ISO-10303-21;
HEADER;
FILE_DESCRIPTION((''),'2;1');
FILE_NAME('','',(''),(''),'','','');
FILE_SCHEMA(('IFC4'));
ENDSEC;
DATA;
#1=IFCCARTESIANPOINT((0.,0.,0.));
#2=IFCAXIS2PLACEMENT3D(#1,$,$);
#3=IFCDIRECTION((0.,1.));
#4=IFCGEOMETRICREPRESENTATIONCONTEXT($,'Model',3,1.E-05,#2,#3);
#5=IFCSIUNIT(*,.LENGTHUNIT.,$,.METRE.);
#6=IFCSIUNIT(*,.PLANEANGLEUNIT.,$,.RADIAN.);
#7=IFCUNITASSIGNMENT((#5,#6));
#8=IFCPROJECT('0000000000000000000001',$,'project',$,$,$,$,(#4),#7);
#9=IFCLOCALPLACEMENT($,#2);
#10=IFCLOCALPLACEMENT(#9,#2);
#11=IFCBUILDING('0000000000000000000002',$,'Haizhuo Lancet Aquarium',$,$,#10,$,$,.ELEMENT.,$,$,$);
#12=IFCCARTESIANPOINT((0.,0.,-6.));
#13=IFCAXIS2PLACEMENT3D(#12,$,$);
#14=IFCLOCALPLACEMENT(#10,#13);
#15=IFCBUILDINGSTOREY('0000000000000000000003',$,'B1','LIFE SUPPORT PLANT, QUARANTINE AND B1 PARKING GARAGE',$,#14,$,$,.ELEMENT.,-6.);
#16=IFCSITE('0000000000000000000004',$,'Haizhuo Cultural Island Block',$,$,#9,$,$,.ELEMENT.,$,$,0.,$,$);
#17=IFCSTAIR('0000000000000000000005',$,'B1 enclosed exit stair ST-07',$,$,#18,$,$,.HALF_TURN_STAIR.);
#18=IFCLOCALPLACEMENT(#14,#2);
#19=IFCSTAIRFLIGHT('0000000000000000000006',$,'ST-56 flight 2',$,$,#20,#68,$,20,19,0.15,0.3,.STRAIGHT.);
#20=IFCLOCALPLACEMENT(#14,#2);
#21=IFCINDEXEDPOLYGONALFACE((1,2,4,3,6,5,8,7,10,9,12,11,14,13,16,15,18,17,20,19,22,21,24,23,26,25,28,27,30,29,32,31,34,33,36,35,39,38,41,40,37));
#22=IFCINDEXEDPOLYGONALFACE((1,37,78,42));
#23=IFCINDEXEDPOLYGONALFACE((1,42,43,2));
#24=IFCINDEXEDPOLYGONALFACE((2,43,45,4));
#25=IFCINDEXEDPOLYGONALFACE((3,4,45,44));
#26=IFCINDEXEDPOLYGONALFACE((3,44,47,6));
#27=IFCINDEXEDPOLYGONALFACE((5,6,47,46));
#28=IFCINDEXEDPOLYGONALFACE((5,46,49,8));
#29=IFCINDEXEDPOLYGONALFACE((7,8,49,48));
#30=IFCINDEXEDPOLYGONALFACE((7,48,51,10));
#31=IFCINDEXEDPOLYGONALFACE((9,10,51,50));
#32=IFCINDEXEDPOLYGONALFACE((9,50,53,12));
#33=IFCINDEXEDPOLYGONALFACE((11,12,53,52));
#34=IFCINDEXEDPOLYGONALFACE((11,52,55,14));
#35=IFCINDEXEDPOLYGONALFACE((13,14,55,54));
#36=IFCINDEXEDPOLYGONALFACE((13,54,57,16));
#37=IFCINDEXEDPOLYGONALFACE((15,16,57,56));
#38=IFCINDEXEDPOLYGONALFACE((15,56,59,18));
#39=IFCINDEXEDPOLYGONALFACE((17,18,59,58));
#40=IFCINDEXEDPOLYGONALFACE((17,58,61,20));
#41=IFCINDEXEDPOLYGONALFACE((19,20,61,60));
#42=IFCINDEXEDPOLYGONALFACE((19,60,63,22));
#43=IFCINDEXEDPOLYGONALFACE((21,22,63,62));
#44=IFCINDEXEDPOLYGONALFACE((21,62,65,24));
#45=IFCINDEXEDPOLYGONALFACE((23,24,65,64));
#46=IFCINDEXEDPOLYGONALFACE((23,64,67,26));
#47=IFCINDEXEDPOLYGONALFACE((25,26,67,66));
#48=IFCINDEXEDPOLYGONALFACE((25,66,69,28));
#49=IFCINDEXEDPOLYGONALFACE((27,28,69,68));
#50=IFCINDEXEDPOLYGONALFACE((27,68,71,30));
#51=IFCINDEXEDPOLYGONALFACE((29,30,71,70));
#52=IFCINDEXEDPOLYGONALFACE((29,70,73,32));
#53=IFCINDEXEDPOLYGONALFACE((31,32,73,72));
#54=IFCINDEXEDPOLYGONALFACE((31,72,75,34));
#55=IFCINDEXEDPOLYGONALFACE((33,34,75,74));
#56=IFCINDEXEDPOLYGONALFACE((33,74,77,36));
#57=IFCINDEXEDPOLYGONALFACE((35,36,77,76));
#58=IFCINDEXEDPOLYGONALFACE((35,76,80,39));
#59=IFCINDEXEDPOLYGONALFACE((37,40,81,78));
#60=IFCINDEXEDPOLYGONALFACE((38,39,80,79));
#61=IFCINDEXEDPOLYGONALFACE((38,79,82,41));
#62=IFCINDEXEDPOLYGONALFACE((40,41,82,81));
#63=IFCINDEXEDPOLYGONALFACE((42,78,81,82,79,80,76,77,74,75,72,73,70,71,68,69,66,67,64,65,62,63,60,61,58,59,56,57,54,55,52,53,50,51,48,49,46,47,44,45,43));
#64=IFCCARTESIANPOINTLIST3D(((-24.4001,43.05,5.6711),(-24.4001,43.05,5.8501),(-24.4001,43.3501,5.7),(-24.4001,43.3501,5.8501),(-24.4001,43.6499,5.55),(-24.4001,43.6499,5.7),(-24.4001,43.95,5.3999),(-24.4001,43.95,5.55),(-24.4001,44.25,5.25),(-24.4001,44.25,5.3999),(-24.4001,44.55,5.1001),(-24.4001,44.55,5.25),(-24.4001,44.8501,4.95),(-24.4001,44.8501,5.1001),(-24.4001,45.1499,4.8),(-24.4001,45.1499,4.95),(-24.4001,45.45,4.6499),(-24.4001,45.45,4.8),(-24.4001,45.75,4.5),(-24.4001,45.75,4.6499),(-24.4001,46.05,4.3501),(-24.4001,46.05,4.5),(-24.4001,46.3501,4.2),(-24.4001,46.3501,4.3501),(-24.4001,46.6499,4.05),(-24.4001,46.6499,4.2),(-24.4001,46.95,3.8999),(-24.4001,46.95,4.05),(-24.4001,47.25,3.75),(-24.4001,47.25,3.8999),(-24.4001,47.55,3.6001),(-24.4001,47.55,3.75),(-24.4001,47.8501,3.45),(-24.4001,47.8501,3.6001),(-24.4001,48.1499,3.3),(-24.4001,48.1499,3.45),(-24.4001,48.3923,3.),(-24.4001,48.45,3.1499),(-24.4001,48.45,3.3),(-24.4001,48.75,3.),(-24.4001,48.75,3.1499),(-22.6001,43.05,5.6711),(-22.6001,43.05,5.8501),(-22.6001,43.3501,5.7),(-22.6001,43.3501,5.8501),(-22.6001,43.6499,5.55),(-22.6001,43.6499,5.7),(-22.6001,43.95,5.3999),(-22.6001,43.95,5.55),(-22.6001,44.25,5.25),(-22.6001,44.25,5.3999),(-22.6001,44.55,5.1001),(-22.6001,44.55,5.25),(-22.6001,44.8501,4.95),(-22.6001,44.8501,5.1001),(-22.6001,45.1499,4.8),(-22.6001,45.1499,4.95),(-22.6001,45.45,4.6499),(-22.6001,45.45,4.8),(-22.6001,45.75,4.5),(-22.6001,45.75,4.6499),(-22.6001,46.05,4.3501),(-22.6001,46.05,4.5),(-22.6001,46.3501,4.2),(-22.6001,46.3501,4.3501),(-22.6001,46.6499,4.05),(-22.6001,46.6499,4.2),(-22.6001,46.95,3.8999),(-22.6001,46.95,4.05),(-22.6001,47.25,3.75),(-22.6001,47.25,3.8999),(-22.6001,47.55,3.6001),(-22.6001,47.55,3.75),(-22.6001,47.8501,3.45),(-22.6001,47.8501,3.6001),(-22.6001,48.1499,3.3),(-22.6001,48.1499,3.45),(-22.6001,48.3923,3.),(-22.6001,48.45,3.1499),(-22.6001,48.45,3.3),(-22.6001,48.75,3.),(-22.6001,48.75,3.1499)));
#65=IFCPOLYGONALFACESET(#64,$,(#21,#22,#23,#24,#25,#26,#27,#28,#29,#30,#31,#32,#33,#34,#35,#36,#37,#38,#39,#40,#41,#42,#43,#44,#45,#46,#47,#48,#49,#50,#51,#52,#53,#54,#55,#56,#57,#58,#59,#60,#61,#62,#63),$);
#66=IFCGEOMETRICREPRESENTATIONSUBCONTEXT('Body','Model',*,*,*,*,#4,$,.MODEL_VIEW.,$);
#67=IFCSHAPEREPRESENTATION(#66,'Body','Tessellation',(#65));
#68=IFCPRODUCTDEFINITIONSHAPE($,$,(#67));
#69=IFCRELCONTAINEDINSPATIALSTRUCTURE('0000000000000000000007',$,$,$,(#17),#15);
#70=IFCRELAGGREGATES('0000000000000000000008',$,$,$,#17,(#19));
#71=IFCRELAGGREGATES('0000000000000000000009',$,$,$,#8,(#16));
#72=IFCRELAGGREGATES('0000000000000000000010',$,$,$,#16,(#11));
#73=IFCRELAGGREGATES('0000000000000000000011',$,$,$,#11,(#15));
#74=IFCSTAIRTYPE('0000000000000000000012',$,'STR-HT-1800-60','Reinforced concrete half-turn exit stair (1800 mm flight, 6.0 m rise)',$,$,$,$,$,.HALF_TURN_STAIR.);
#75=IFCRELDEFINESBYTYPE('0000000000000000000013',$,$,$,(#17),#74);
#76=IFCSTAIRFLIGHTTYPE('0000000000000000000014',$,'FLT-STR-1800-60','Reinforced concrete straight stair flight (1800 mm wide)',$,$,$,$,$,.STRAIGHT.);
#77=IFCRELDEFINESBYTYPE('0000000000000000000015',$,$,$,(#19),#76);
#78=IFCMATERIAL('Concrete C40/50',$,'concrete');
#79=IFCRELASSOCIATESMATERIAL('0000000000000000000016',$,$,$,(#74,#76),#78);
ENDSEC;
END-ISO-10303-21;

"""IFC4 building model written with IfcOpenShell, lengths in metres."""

from ifc_helpers import new_model, si_unit, direction, frame, origin, place, context, subcontext, project, spatial, polyline, outline, extrude, material, type_object, element, aggregate, save


model = new_model("IFC4")

# Units and contexts
model_context = context("Model", 3, precision=1e-05, world=origin(), true_north=direction((0.0, 1.0)))
body_context = subcontext(model_context, "Body", "Model", "MODEL_VIEW")
ifc_project = project(units=[si_unit("LENGTHUNIT", "METRE"), si_unit("PLANEANGLEUNIT", "RADIAN")], contexts=[model_context])

# Site, building, storey
site_placement = place(None, origin())
site = spatial("IfcSite", under=ifc_project, at=site_placement, Name="Haizhuo Cultural Island Block", CompositionType="ELEMENT", RefElevation=0.0)
building_placement = place(site_placement, origin())
building = spatial("IfcBuilding", under=site, at=building_placement, Name="Haizhuo Lancet Aquarium", CompositionType="ELEMENT")
storey_placement = place(building_placement, frame((0.0, 0.0, -6.0)))
storey = spatial("IfcBuildingStorey", under=building, at=storey_placement, Name="B1", Description="LIFE SUPPORT PLANT, QUARANTINE AND B1 PARKING GARAGE", CompositionType="ELEMENT", Elevation=-6.0)

# Shared definitions
ifc_material_1 = material(Name="Concrete C40/50", Category="concrete")

# Stair, stair flight
stair_type = type_object("IfcStairType", Name="STR-HT-1800-60", Description="Reinforced concrete half-turn exit stair (1800 mm flight, 6.0 m rise)", PredefinedType="HALF_TURN_STAIR", material=ifc_material_1)
stair_placement = place(storey_placement, origin())
stair = element("IfcStair", 1, at=stair_placement, inside=storey, type_object=stair_type, Name="B1 enclosed exit stair ST-07", PredefinedType="HALF_TURN_STAIR")
stair_flight_type = type_object("IfcStairFlightType", Name="FLT-STR-1800-60", Description="Reinforced concrete straight stair flight (1800 mm wide)", PredefinedType="STRAIGHT", material=ifc_material_1)
stair_flight_placement = place(storey_placement, frame((-23.5, 48.75, 3.0), z_axis=(0.0, 0.0, 1.0), x_axis=(0.0, -1.0, 0.0)))
stair_flight = element("IfcStairFlight", 2, at=stair_flight_placement, type_object=stair_flight_type, Name="ST-56 flight 2", NumberOfRisers=20, NumberOfTreads=19, PredefinedType="STRAIGHT", RiserHeight=0.15, TreadLength=0.3, context=body_context, shape_type="SweptSolid", body=[
    extrude(outline(polyline([(0.0, 0.0), (0.0, 0.1499), (0.3, 0.1499), (0.3, 0.3), (0.6001, 0.3), (0.6001, 0.45), (0.8999, 0.45), (0.8999, 0.6001), (1.2, 0.6001), (1.2, 0.75), (1.5, 0.75), (1.5, 0.8999), (1.8, 0.8999), (1.8, 1.05), (2.1001, 1.05), (2.1001, 1.2), (2.3999, 1.2), (2.3999, 1.3501), (2.7, 1.3501), (2.7, 1.5), (3.0, 1.5), (3.0, 1.6499), (3.3, 1.6499), (3.3, 1.8), (3.6001, 1.8), (3.6001, 1.95), (3.8999, 1.95), (3.8999, 2.1001), (4.2, 2.1001), (4.2, 2.25), (4.5, 2.25), (4.5, 2.3999), (4.8, 2.3999), (4.8, 2.55), (5.1001, 2.55), (5.1001, 2.7), (5.3999, 2.7), (5.3999, 2.8501), (5.7, 2.8501), (5.7, 3.0), (5.7, 2.6711), (0.3577, 0.0), (0.0, 0.0)])), frame((0.0, 0.8999, 0.0), z_axis=(0.0, -1.0, 0.0), x_axis=(1.0, 0.0, 0.0)), (0.0, 0.0, 1.0), 1.8),
])
aggregate(stair, [stair_flight])

save(model, "model.ifc")
